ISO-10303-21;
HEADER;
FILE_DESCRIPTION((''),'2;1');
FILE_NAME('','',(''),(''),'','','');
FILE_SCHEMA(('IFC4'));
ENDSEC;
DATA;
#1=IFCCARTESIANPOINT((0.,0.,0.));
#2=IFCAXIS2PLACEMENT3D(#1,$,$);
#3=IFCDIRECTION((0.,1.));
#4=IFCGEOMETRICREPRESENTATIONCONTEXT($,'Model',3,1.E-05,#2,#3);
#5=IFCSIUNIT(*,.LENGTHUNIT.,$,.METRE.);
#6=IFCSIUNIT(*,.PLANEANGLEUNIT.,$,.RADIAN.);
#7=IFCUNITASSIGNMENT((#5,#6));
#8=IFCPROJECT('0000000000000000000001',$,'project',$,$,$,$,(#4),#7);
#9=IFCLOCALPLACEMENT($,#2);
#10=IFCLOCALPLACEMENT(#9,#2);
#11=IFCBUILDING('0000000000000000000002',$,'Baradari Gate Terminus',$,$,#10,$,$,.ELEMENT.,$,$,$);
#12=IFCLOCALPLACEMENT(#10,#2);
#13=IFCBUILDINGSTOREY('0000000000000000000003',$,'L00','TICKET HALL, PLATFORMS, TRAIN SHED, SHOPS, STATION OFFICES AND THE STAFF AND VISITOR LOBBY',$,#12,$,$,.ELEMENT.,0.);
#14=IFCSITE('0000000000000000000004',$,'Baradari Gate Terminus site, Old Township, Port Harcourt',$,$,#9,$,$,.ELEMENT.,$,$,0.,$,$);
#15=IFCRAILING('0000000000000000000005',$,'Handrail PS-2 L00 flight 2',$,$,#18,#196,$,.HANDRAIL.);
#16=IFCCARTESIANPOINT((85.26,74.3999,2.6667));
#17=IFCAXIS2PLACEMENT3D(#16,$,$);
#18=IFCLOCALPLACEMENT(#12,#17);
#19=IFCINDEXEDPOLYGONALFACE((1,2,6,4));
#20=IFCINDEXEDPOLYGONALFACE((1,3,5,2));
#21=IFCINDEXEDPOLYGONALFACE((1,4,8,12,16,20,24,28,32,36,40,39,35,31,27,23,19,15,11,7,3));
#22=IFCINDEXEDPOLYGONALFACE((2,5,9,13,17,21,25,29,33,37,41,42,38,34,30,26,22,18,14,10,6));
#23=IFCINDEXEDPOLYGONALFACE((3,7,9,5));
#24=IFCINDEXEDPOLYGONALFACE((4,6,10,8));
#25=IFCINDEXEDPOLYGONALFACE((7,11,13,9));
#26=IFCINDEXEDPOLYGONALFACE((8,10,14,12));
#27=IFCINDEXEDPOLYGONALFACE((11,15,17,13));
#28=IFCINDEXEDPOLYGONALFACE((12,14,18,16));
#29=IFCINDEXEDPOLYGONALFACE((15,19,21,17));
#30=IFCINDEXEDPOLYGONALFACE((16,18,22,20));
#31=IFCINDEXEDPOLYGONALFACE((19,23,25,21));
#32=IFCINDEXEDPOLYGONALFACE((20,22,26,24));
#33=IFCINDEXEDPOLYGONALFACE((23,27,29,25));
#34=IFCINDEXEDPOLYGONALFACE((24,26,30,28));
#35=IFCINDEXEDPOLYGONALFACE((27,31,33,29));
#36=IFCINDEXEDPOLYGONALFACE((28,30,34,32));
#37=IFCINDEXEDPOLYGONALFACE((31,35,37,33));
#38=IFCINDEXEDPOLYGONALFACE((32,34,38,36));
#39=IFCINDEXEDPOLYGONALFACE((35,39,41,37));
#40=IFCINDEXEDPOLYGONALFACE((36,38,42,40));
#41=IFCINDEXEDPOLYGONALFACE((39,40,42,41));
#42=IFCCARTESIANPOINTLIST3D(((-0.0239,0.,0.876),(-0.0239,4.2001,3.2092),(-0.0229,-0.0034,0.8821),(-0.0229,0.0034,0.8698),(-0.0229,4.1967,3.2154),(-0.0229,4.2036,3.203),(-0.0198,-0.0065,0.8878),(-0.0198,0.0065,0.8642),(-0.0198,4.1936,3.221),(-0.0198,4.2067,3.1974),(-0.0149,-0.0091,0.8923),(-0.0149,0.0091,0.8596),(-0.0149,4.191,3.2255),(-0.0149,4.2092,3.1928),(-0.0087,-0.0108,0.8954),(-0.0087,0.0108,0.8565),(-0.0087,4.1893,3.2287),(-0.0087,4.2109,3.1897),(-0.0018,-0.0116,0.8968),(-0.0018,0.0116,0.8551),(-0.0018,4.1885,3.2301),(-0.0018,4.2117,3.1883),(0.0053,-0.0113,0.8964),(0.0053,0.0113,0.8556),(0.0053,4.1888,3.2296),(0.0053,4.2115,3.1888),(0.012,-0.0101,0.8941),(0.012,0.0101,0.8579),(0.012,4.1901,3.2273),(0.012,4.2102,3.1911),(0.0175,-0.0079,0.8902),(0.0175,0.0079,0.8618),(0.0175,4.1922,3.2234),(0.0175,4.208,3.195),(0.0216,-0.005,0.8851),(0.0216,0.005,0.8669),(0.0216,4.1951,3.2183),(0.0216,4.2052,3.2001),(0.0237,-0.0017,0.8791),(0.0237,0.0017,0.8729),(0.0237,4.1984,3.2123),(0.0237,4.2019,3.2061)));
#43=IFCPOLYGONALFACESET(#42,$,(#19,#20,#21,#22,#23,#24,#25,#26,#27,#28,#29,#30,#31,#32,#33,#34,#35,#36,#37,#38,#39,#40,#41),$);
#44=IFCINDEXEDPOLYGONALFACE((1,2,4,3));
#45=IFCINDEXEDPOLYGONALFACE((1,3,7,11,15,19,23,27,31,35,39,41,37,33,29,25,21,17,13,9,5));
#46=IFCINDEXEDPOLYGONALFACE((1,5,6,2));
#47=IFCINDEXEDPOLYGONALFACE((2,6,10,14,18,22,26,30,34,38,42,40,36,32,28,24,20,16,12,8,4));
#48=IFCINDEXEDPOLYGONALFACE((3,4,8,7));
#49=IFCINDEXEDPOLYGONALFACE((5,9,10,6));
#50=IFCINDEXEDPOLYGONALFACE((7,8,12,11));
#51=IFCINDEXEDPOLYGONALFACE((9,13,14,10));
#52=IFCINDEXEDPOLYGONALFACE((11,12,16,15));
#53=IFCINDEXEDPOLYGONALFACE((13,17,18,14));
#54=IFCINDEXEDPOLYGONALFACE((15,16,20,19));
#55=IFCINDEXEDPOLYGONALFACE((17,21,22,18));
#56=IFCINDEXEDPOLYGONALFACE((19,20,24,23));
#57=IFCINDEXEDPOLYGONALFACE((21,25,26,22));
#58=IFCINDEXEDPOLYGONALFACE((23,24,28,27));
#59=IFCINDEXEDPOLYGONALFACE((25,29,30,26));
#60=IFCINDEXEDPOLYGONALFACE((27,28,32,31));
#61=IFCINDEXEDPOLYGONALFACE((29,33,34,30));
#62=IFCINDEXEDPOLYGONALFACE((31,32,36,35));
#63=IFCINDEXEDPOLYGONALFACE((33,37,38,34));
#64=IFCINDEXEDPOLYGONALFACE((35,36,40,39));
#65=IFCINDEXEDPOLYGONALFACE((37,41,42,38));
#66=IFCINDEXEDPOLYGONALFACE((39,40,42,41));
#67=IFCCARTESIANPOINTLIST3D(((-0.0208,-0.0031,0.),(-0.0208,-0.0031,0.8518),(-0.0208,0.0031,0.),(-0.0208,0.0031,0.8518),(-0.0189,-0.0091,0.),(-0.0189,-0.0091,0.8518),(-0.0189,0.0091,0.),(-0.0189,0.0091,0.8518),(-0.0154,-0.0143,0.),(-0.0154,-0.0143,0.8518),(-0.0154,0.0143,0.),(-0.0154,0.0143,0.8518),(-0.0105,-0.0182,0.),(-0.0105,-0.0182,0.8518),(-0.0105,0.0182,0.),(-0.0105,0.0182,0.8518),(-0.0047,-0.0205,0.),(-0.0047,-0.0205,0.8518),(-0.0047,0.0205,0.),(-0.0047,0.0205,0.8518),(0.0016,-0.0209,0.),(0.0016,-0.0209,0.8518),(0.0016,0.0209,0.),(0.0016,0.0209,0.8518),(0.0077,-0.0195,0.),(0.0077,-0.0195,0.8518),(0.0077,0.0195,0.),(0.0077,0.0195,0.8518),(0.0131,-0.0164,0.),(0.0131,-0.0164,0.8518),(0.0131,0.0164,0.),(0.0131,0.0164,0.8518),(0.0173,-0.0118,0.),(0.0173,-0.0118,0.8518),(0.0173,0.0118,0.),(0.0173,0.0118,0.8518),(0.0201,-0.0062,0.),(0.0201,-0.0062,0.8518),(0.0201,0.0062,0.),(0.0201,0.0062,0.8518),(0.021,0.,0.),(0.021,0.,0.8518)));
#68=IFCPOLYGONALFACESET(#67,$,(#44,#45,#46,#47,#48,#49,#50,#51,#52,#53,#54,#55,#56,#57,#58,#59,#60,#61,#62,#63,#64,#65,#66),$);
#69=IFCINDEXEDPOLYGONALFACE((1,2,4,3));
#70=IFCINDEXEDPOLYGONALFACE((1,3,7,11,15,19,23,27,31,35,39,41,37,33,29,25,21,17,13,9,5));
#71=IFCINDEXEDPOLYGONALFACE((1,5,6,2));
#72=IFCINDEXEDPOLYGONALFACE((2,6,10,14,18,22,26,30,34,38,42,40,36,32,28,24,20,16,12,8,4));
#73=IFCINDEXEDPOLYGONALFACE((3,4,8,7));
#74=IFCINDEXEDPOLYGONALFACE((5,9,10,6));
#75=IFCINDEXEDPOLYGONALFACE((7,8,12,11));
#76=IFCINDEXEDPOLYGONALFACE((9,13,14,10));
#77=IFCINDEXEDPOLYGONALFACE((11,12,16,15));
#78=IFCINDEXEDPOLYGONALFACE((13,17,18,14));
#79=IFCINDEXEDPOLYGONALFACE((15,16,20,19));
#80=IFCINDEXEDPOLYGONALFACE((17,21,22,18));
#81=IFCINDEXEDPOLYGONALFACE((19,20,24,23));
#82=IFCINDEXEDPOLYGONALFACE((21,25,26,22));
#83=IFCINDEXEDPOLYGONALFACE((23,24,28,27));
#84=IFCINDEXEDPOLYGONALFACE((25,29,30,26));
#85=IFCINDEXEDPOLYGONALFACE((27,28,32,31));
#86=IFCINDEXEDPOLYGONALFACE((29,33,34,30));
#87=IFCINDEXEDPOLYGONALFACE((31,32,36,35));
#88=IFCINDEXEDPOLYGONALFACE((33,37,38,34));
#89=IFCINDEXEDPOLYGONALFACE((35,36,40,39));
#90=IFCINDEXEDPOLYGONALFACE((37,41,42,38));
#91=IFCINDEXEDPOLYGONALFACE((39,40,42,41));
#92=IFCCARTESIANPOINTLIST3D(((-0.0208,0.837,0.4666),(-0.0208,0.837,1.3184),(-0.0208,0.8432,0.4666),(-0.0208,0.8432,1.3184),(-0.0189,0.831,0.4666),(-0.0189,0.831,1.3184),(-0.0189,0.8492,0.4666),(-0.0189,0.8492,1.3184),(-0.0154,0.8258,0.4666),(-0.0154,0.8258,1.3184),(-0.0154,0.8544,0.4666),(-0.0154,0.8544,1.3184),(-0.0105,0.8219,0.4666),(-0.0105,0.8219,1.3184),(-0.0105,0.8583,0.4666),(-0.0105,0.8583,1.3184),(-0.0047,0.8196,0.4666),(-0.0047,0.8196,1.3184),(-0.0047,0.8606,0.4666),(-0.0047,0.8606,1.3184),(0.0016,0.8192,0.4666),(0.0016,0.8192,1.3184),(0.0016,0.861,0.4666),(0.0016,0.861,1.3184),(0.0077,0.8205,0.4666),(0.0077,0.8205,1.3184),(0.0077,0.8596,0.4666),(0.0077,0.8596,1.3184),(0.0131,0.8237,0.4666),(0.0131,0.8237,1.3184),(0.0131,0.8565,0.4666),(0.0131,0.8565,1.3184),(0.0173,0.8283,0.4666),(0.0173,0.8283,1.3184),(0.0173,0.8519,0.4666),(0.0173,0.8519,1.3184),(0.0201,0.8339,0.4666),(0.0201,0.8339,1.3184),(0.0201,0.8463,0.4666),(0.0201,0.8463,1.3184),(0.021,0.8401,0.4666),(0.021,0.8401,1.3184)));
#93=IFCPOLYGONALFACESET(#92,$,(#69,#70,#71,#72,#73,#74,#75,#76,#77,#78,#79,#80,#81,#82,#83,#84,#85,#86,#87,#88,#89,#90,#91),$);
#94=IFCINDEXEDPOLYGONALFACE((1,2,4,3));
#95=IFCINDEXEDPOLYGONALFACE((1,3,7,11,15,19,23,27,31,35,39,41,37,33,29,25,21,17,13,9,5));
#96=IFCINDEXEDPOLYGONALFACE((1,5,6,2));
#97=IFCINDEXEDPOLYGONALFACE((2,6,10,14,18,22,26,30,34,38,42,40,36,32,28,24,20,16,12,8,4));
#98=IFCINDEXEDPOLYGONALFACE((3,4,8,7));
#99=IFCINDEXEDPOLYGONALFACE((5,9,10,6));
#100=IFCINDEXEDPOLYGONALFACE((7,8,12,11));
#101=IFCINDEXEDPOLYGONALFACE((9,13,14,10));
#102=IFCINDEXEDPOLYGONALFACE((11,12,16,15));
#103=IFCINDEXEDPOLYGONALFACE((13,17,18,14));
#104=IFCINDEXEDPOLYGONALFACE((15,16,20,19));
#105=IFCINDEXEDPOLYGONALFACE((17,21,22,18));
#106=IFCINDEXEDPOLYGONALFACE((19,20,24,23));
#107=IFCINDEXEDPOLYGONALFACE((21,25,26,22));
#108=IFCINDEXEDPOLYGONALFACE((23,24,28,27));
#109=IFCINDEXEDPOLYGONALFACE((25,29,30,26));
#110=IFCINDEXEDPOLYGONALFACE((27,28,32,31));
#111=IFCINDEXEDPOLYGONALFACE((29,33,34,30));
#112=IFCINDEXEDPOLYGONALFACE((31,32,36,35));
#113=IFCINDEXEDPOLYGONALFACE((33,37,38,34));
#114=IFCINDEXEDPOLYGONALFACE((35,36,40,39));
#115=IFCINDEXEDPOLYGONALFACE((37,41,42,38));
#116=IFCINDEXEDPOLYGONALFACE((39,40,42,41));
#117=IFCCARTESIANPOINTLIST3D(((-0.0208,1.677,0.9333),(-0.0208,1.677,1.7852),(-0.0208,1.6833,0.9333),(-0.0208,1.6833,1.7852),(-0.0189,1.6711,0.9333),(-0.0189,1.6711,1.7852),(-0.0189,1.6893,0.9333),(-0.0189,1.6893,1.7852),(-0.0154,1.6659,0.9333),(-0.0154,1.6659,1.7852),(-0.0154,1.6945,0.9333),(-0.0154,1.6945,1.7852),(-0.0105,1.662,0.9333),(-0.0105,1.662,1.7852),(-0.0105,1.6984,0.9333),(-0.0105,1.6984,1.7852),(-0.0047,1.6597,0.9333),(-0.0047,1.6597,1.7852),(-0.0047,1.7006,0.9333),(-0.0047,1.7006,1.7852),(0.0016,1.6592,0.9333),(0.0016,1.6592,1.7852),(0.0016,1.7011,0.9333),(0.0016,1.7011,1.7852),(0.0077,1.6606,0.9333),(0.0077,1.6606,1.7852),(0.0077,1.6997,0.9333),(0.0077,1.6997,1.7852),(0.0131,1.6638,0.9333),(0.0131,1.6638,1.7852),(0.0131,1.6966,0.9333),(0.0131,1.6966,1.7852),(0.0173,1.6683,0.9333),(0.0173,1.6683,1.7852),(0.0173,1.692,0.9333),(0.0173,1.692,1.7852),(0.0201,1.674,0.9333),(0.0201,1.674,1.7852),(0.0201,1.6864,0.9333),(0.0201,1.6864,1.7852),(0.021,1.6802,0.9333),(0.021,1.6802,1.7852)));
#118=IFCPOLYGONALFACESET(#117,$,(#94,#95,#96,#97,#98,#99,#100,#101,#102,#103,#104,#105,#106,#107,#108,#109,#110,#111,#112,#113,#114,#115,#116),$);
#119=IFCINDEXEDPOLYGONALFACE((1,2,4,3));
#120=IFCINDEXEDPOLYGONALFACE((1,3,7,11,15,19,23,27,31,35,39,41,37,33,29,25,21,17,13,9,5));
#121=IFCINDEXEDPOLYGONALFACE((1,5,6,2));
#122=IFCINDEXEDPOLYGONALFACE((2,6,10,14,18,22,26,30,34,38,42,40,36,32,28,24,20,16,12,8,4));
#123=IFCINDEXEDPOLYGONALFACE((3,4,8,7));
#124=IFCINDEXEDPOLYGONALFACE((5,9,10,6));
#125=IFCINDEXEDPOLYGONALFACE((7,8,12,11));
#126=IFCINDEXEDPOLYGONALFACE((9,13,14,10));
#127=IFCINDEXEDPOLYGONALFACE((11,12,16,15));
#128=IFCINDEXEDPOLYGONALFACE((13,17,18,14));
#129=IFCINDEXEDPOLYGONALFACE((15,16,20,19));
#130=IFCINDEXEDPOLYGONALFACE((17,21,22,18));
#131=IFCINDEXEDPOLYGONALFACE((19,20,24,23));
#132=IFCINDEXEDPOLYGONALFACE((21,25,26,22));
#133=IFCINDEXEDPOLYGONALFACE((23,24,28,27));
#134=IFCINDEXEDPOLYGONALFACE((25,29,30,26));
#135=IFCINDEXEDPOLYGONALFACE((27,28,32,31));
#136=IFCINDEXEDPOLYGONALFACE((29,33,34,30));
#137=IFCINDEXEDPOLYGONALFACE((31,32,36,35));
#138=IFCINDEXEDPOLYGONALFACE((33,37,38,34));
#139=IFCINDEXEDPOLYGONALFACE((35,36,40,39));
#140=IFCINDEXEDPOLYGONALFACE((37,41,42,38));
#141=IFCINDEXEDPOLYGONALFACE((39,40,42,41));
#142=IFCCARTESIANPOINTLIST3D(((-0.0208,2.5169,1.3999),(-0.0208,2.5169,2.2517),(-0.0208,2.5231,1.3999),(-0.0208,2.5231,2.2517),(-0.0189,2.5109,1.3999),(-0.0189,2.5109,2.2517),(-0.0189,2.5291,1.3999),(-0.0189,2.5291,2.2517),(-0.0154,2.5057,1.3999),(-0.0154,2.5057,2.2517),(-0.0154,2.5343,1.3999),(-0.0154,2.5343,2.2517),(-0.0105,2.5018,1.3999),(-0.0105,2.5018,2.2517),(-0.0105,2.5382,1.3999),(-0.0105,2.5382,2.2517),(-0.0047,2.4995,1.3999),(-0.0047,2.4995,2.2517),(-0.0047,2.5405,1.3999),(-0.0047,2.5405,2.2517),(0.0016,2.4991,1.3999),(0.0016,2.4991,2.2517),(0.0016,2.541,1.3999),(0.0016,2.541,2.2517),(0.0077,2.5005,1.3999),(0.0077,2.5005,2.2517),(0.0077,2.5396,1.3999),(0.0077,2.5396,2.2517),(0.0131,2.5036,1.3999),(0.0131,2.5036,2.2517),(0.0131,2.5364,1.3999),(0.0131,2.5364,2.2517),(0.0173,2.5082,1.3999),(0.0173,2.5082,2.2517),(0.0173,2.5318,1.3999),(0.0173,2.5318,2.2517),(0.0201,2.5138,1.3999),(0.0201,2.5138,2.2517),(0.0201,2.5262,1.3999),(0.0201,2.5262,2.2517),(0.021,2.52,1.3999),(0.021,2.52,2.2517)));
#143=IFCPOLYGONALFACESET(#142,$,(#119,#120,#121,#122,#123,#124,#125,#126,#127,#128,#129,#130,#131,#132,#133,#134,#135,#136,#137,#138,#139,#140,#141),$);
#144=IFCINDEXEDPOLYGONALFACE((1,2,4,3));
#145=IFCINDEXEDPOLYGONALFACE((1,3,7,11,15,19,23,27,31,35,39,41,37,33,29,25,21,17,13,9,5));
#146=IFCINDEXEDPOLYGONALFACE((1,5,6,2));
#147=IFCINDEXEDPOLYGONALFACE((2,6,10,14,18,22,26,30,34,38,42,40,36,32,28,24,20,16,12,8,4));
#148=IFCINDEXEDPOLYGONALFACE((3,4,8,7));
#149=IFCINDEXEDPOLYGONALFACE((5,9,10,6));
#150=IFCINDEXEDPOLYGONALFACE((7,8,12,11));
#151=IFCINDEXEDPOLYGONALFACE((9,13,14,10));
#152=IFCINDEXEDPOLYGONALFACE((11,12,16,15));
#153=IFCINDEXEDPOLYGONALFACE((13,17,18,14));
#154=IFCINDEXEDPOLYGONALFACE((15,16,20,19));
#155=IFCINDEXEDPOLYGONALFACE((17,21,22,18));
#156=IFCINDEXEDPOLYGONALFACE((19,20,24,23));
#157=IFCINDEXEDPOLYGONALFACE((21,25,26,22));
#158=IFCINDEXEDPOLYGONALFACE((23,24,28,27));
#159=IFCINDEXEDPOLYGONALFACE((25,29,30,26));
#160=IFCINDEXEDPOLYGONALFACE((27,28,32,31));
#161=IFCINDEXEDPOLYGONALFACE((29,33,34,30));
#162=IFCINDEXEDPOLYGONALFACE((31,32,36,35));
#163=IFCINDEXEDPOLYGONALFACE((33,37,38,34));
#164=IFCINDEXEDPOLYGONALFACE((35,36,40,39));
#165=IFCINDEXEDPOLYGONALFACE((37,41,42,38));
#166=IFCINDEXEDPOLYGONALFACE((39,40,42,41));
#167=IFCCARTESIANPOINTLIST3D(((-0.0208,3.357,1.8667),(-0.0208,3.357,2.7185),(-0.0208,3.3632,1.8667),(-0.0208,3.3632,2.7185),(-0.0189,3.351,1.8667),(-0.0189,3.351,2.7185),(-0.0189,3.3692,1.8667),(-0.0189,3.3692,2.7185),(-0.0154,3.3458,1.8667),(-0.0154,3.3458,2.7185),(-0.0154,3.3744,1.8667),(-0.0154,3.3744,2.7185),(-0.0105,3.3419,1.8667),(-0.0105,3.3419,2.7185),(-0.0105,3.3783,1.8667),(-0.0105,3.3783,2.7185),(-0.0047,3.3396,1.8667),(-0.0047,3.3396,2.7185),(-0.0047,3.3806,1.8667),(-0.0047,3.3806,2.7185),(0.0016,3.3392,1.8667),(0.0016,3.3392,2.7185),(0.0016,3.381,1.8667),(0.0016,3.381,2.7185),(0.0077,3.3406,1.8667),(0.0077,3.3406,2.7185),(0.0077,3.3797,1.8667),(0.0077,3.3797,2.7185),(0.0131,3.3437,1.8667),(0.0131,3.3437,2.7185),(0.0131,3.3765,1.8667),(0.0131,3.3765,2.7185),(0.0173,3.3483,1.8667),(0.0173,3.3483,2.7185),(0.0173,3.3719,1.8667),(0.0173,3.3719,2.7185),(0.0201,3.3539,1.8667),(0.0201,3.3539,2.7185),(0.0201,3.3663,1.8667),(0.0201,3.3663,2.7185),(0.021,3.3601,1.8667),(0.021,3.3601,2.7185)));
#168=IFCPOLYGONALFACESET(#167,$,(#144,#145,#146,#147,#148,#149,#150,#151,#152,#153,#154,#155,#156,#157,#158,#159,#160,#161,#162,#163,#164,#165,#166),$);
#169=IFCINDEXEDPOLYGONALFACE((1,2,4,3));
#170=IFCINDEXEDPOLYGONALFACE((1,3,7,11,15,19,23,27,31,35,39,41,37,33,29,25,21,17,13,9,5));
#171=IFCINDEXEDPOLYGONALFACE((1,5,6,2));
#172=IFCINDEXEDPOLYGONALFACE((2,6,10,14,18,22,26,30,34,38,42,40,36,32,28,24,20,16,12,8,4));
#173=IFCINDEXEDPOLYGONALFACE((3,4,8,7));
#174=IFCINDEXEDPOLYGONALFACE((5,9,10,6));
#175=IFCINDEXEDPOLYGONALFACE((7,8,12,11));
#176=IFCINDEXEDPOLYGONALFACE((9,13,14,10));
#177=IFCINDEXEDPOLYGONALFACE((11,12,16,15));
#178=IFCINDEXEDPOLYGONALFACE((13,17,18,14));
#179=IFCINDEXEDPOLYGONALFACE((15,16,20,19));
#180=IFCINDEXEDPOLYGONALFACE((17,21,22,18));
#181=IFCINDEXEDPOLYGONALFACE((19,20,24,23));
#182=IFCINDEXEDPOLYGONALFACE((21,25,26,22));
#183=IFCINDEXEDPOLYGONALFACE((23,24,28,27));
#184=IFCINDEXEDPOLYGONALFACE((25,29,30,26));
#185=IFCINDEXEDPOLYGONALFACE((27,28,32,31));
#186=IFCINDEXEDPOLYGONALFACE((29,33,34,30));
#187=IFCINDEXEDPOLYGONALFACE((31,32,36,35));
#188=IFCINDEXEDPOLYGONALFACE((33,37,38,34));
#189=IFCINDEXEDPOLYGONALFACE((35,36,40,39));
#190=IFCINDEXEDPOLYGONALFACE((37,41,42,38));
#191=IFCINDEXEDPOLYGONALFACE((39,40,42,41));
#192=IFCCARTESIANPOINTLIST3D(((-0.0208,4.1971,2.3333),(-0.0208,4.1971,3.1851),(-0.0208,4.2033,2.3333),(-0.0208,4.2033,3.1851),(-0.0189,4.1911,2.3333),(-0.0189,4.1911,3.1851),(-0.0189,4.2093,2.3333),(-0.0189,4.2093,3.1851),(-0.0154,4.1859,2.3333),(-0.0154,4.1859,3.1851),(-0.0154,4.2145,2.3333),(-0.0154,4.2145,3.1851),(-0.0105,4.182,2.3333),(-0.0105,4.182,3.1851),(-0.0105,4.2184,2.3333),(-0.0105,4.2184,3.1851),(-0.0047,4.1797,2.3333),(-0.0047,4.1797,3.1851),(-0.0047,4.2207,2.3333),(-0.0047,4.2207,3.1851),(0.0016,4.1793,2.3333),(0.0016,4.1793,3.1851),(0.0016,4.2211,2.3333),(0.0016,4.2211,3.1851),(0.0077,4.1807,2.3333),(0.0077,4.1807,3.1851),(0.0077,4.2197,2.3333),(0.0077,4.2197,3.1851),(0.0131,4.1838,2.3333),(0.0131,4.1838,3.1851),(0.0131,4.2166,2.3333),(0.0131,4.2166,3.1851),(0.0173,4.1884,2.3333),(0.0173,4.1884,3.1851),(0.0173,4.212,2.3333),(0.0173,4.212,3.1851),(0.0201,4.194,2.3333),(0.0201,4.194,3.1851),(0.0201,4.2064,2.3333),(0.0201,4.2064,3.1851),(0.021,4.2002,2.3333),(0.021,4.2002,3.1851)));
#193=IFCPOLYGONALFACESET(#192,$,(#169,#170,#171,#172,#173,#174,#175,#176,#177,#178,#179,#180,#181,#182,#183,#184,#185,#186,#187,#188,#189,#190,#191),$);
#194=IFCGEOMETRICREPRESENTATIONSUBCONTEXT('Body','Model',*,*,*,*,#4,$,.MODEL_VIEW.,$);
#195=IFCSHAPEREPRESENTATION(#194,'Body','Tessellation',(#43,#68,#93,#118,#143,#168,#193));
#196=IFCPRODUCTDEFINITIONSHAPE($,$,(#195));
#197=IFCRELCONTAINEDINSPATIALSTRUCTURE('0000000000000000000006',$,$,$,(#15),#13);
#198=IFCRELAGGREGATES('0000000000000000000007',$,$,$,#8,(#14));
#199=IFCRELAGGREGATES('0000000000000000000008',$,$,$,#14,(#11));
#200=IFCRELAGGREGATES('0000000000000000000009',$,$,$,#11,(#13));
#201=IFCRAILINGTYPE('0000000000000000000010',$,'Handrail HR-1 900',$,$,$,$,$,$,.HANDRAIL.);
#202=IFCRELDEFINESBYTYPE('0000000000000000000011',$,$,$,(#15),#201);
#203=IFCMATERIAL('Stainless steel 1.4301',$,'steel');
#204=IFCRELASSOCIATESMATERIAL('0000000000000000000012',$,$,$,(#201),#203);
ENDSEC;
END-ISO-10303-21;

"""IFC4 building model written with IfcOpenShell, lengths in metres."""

from ifc_helpers import new_model, si_unit, direction, frame, origin, origin_2d, place, context, subcontext, project, spatial, circle, extrude, material, type_object, element, save


model = new_model("IFC4")

# Units and contexts
model_context = context("Model", 3, precision=1e-05, world=origin(), true_north=direction((0.0, 1.0)))
body_context = subcontext(model_context, "Body", "Model", "MODEL_VIEW")
ifc_project = project(units=[si_unit("LENGTHUNIT", "METRE"), si_unit("PLANEANGLEUNIT", "RADIAN")], contexts=[model_context])

# Site, building, storey
site_placement = place(None, origin())
site = spatial("IfcSite", under=ifc_project, at=site_placement, Name="Baradari Gate Terminus site, Old Township, Port Harcourt", CompositionType="ELEMENT", RefElevation=0.0)
building_placement = place(site_placement, origin())
building = spatial("IfcBuilding", under=site, at=building_placement, Name="Baradari Gate Terminus", CompositionType="ELEMENT")
storey_placement = place(building_placement, origin())
storey = spatial("IfcBuildingStorey", under=building, at=storey_placement, Name="L00", Description="TICKET HALL, PLATFORMS, TRAIN SHED, SHOPS, STATION OFFICES AND THE STAFF AND VISITOR LOBBY", CompositionType="ELEMENT", Elevation=0.0)

# Railing
ifc_material_1 = material(Name="Stainless steel 1.4301", Category="steel")
railing_type_1 = type_object("IfcRailingType", Name="Handrail HR-1 900", PredefinedType="HANDRAIL", material=ifc_material_1)
for number, where, name in (
    (1, (85.26, 74.3999, 2.6667), "Handrail PS-2 L00 flight 2"),
):
    element("IfcRailing", number, at=place(storey_placement, frame(where)), inside=storey, type_object=railing_type_1, Name=name, PredefinedType="HANDRAIL", context=body_context, shape_type="SweptSolid", body=[
        extrude(circle(Radius=0.0239, at=origin_2d()), frame((0.0, 0.0, 0.876), z_axis=(0.0, 0.874174, 0.485613), x_axis=(-1.0, 0.0, 0.0)), (0.0, 0.0, 1.0), 4.8047),
        extrude(circle(Radius=0.021, at=origin_2d()), origin(), (0.0, 0.0, 1.0), 0.8518),
        extrude(circle(Radius=0.021, at=origin_2d()), frame((0.0, 0.8401, 0.4666)), (0.0, 0.0, 1.0), 0.8518),
        extrude(circle(Radius=0.021, at=origin_2d()), frame((0.0, 1.6802, 0.9333)), (0.0, 0.0, 1.0), 0.8518),
        extrude(circle(Radius=0.021, at=origin_2d()), frame((0.0, 2.52, 1.3999)), (0.0, 0.0, 1.0), 0.8518),
        extrude(circle(Radius=0.021, at=origin_2d()), frame((0.0, 3.3601, 1.8667)), (0.0, 0.0, 1.0), 0.8518),
        extrude(circle(Radius=0.021, at=origin_2d()), frame((0.0, 4.2002, 2.3333)), (0.0, 0.0, 1.0), 0.8518),
    ])

save(model, "model.ifc")
